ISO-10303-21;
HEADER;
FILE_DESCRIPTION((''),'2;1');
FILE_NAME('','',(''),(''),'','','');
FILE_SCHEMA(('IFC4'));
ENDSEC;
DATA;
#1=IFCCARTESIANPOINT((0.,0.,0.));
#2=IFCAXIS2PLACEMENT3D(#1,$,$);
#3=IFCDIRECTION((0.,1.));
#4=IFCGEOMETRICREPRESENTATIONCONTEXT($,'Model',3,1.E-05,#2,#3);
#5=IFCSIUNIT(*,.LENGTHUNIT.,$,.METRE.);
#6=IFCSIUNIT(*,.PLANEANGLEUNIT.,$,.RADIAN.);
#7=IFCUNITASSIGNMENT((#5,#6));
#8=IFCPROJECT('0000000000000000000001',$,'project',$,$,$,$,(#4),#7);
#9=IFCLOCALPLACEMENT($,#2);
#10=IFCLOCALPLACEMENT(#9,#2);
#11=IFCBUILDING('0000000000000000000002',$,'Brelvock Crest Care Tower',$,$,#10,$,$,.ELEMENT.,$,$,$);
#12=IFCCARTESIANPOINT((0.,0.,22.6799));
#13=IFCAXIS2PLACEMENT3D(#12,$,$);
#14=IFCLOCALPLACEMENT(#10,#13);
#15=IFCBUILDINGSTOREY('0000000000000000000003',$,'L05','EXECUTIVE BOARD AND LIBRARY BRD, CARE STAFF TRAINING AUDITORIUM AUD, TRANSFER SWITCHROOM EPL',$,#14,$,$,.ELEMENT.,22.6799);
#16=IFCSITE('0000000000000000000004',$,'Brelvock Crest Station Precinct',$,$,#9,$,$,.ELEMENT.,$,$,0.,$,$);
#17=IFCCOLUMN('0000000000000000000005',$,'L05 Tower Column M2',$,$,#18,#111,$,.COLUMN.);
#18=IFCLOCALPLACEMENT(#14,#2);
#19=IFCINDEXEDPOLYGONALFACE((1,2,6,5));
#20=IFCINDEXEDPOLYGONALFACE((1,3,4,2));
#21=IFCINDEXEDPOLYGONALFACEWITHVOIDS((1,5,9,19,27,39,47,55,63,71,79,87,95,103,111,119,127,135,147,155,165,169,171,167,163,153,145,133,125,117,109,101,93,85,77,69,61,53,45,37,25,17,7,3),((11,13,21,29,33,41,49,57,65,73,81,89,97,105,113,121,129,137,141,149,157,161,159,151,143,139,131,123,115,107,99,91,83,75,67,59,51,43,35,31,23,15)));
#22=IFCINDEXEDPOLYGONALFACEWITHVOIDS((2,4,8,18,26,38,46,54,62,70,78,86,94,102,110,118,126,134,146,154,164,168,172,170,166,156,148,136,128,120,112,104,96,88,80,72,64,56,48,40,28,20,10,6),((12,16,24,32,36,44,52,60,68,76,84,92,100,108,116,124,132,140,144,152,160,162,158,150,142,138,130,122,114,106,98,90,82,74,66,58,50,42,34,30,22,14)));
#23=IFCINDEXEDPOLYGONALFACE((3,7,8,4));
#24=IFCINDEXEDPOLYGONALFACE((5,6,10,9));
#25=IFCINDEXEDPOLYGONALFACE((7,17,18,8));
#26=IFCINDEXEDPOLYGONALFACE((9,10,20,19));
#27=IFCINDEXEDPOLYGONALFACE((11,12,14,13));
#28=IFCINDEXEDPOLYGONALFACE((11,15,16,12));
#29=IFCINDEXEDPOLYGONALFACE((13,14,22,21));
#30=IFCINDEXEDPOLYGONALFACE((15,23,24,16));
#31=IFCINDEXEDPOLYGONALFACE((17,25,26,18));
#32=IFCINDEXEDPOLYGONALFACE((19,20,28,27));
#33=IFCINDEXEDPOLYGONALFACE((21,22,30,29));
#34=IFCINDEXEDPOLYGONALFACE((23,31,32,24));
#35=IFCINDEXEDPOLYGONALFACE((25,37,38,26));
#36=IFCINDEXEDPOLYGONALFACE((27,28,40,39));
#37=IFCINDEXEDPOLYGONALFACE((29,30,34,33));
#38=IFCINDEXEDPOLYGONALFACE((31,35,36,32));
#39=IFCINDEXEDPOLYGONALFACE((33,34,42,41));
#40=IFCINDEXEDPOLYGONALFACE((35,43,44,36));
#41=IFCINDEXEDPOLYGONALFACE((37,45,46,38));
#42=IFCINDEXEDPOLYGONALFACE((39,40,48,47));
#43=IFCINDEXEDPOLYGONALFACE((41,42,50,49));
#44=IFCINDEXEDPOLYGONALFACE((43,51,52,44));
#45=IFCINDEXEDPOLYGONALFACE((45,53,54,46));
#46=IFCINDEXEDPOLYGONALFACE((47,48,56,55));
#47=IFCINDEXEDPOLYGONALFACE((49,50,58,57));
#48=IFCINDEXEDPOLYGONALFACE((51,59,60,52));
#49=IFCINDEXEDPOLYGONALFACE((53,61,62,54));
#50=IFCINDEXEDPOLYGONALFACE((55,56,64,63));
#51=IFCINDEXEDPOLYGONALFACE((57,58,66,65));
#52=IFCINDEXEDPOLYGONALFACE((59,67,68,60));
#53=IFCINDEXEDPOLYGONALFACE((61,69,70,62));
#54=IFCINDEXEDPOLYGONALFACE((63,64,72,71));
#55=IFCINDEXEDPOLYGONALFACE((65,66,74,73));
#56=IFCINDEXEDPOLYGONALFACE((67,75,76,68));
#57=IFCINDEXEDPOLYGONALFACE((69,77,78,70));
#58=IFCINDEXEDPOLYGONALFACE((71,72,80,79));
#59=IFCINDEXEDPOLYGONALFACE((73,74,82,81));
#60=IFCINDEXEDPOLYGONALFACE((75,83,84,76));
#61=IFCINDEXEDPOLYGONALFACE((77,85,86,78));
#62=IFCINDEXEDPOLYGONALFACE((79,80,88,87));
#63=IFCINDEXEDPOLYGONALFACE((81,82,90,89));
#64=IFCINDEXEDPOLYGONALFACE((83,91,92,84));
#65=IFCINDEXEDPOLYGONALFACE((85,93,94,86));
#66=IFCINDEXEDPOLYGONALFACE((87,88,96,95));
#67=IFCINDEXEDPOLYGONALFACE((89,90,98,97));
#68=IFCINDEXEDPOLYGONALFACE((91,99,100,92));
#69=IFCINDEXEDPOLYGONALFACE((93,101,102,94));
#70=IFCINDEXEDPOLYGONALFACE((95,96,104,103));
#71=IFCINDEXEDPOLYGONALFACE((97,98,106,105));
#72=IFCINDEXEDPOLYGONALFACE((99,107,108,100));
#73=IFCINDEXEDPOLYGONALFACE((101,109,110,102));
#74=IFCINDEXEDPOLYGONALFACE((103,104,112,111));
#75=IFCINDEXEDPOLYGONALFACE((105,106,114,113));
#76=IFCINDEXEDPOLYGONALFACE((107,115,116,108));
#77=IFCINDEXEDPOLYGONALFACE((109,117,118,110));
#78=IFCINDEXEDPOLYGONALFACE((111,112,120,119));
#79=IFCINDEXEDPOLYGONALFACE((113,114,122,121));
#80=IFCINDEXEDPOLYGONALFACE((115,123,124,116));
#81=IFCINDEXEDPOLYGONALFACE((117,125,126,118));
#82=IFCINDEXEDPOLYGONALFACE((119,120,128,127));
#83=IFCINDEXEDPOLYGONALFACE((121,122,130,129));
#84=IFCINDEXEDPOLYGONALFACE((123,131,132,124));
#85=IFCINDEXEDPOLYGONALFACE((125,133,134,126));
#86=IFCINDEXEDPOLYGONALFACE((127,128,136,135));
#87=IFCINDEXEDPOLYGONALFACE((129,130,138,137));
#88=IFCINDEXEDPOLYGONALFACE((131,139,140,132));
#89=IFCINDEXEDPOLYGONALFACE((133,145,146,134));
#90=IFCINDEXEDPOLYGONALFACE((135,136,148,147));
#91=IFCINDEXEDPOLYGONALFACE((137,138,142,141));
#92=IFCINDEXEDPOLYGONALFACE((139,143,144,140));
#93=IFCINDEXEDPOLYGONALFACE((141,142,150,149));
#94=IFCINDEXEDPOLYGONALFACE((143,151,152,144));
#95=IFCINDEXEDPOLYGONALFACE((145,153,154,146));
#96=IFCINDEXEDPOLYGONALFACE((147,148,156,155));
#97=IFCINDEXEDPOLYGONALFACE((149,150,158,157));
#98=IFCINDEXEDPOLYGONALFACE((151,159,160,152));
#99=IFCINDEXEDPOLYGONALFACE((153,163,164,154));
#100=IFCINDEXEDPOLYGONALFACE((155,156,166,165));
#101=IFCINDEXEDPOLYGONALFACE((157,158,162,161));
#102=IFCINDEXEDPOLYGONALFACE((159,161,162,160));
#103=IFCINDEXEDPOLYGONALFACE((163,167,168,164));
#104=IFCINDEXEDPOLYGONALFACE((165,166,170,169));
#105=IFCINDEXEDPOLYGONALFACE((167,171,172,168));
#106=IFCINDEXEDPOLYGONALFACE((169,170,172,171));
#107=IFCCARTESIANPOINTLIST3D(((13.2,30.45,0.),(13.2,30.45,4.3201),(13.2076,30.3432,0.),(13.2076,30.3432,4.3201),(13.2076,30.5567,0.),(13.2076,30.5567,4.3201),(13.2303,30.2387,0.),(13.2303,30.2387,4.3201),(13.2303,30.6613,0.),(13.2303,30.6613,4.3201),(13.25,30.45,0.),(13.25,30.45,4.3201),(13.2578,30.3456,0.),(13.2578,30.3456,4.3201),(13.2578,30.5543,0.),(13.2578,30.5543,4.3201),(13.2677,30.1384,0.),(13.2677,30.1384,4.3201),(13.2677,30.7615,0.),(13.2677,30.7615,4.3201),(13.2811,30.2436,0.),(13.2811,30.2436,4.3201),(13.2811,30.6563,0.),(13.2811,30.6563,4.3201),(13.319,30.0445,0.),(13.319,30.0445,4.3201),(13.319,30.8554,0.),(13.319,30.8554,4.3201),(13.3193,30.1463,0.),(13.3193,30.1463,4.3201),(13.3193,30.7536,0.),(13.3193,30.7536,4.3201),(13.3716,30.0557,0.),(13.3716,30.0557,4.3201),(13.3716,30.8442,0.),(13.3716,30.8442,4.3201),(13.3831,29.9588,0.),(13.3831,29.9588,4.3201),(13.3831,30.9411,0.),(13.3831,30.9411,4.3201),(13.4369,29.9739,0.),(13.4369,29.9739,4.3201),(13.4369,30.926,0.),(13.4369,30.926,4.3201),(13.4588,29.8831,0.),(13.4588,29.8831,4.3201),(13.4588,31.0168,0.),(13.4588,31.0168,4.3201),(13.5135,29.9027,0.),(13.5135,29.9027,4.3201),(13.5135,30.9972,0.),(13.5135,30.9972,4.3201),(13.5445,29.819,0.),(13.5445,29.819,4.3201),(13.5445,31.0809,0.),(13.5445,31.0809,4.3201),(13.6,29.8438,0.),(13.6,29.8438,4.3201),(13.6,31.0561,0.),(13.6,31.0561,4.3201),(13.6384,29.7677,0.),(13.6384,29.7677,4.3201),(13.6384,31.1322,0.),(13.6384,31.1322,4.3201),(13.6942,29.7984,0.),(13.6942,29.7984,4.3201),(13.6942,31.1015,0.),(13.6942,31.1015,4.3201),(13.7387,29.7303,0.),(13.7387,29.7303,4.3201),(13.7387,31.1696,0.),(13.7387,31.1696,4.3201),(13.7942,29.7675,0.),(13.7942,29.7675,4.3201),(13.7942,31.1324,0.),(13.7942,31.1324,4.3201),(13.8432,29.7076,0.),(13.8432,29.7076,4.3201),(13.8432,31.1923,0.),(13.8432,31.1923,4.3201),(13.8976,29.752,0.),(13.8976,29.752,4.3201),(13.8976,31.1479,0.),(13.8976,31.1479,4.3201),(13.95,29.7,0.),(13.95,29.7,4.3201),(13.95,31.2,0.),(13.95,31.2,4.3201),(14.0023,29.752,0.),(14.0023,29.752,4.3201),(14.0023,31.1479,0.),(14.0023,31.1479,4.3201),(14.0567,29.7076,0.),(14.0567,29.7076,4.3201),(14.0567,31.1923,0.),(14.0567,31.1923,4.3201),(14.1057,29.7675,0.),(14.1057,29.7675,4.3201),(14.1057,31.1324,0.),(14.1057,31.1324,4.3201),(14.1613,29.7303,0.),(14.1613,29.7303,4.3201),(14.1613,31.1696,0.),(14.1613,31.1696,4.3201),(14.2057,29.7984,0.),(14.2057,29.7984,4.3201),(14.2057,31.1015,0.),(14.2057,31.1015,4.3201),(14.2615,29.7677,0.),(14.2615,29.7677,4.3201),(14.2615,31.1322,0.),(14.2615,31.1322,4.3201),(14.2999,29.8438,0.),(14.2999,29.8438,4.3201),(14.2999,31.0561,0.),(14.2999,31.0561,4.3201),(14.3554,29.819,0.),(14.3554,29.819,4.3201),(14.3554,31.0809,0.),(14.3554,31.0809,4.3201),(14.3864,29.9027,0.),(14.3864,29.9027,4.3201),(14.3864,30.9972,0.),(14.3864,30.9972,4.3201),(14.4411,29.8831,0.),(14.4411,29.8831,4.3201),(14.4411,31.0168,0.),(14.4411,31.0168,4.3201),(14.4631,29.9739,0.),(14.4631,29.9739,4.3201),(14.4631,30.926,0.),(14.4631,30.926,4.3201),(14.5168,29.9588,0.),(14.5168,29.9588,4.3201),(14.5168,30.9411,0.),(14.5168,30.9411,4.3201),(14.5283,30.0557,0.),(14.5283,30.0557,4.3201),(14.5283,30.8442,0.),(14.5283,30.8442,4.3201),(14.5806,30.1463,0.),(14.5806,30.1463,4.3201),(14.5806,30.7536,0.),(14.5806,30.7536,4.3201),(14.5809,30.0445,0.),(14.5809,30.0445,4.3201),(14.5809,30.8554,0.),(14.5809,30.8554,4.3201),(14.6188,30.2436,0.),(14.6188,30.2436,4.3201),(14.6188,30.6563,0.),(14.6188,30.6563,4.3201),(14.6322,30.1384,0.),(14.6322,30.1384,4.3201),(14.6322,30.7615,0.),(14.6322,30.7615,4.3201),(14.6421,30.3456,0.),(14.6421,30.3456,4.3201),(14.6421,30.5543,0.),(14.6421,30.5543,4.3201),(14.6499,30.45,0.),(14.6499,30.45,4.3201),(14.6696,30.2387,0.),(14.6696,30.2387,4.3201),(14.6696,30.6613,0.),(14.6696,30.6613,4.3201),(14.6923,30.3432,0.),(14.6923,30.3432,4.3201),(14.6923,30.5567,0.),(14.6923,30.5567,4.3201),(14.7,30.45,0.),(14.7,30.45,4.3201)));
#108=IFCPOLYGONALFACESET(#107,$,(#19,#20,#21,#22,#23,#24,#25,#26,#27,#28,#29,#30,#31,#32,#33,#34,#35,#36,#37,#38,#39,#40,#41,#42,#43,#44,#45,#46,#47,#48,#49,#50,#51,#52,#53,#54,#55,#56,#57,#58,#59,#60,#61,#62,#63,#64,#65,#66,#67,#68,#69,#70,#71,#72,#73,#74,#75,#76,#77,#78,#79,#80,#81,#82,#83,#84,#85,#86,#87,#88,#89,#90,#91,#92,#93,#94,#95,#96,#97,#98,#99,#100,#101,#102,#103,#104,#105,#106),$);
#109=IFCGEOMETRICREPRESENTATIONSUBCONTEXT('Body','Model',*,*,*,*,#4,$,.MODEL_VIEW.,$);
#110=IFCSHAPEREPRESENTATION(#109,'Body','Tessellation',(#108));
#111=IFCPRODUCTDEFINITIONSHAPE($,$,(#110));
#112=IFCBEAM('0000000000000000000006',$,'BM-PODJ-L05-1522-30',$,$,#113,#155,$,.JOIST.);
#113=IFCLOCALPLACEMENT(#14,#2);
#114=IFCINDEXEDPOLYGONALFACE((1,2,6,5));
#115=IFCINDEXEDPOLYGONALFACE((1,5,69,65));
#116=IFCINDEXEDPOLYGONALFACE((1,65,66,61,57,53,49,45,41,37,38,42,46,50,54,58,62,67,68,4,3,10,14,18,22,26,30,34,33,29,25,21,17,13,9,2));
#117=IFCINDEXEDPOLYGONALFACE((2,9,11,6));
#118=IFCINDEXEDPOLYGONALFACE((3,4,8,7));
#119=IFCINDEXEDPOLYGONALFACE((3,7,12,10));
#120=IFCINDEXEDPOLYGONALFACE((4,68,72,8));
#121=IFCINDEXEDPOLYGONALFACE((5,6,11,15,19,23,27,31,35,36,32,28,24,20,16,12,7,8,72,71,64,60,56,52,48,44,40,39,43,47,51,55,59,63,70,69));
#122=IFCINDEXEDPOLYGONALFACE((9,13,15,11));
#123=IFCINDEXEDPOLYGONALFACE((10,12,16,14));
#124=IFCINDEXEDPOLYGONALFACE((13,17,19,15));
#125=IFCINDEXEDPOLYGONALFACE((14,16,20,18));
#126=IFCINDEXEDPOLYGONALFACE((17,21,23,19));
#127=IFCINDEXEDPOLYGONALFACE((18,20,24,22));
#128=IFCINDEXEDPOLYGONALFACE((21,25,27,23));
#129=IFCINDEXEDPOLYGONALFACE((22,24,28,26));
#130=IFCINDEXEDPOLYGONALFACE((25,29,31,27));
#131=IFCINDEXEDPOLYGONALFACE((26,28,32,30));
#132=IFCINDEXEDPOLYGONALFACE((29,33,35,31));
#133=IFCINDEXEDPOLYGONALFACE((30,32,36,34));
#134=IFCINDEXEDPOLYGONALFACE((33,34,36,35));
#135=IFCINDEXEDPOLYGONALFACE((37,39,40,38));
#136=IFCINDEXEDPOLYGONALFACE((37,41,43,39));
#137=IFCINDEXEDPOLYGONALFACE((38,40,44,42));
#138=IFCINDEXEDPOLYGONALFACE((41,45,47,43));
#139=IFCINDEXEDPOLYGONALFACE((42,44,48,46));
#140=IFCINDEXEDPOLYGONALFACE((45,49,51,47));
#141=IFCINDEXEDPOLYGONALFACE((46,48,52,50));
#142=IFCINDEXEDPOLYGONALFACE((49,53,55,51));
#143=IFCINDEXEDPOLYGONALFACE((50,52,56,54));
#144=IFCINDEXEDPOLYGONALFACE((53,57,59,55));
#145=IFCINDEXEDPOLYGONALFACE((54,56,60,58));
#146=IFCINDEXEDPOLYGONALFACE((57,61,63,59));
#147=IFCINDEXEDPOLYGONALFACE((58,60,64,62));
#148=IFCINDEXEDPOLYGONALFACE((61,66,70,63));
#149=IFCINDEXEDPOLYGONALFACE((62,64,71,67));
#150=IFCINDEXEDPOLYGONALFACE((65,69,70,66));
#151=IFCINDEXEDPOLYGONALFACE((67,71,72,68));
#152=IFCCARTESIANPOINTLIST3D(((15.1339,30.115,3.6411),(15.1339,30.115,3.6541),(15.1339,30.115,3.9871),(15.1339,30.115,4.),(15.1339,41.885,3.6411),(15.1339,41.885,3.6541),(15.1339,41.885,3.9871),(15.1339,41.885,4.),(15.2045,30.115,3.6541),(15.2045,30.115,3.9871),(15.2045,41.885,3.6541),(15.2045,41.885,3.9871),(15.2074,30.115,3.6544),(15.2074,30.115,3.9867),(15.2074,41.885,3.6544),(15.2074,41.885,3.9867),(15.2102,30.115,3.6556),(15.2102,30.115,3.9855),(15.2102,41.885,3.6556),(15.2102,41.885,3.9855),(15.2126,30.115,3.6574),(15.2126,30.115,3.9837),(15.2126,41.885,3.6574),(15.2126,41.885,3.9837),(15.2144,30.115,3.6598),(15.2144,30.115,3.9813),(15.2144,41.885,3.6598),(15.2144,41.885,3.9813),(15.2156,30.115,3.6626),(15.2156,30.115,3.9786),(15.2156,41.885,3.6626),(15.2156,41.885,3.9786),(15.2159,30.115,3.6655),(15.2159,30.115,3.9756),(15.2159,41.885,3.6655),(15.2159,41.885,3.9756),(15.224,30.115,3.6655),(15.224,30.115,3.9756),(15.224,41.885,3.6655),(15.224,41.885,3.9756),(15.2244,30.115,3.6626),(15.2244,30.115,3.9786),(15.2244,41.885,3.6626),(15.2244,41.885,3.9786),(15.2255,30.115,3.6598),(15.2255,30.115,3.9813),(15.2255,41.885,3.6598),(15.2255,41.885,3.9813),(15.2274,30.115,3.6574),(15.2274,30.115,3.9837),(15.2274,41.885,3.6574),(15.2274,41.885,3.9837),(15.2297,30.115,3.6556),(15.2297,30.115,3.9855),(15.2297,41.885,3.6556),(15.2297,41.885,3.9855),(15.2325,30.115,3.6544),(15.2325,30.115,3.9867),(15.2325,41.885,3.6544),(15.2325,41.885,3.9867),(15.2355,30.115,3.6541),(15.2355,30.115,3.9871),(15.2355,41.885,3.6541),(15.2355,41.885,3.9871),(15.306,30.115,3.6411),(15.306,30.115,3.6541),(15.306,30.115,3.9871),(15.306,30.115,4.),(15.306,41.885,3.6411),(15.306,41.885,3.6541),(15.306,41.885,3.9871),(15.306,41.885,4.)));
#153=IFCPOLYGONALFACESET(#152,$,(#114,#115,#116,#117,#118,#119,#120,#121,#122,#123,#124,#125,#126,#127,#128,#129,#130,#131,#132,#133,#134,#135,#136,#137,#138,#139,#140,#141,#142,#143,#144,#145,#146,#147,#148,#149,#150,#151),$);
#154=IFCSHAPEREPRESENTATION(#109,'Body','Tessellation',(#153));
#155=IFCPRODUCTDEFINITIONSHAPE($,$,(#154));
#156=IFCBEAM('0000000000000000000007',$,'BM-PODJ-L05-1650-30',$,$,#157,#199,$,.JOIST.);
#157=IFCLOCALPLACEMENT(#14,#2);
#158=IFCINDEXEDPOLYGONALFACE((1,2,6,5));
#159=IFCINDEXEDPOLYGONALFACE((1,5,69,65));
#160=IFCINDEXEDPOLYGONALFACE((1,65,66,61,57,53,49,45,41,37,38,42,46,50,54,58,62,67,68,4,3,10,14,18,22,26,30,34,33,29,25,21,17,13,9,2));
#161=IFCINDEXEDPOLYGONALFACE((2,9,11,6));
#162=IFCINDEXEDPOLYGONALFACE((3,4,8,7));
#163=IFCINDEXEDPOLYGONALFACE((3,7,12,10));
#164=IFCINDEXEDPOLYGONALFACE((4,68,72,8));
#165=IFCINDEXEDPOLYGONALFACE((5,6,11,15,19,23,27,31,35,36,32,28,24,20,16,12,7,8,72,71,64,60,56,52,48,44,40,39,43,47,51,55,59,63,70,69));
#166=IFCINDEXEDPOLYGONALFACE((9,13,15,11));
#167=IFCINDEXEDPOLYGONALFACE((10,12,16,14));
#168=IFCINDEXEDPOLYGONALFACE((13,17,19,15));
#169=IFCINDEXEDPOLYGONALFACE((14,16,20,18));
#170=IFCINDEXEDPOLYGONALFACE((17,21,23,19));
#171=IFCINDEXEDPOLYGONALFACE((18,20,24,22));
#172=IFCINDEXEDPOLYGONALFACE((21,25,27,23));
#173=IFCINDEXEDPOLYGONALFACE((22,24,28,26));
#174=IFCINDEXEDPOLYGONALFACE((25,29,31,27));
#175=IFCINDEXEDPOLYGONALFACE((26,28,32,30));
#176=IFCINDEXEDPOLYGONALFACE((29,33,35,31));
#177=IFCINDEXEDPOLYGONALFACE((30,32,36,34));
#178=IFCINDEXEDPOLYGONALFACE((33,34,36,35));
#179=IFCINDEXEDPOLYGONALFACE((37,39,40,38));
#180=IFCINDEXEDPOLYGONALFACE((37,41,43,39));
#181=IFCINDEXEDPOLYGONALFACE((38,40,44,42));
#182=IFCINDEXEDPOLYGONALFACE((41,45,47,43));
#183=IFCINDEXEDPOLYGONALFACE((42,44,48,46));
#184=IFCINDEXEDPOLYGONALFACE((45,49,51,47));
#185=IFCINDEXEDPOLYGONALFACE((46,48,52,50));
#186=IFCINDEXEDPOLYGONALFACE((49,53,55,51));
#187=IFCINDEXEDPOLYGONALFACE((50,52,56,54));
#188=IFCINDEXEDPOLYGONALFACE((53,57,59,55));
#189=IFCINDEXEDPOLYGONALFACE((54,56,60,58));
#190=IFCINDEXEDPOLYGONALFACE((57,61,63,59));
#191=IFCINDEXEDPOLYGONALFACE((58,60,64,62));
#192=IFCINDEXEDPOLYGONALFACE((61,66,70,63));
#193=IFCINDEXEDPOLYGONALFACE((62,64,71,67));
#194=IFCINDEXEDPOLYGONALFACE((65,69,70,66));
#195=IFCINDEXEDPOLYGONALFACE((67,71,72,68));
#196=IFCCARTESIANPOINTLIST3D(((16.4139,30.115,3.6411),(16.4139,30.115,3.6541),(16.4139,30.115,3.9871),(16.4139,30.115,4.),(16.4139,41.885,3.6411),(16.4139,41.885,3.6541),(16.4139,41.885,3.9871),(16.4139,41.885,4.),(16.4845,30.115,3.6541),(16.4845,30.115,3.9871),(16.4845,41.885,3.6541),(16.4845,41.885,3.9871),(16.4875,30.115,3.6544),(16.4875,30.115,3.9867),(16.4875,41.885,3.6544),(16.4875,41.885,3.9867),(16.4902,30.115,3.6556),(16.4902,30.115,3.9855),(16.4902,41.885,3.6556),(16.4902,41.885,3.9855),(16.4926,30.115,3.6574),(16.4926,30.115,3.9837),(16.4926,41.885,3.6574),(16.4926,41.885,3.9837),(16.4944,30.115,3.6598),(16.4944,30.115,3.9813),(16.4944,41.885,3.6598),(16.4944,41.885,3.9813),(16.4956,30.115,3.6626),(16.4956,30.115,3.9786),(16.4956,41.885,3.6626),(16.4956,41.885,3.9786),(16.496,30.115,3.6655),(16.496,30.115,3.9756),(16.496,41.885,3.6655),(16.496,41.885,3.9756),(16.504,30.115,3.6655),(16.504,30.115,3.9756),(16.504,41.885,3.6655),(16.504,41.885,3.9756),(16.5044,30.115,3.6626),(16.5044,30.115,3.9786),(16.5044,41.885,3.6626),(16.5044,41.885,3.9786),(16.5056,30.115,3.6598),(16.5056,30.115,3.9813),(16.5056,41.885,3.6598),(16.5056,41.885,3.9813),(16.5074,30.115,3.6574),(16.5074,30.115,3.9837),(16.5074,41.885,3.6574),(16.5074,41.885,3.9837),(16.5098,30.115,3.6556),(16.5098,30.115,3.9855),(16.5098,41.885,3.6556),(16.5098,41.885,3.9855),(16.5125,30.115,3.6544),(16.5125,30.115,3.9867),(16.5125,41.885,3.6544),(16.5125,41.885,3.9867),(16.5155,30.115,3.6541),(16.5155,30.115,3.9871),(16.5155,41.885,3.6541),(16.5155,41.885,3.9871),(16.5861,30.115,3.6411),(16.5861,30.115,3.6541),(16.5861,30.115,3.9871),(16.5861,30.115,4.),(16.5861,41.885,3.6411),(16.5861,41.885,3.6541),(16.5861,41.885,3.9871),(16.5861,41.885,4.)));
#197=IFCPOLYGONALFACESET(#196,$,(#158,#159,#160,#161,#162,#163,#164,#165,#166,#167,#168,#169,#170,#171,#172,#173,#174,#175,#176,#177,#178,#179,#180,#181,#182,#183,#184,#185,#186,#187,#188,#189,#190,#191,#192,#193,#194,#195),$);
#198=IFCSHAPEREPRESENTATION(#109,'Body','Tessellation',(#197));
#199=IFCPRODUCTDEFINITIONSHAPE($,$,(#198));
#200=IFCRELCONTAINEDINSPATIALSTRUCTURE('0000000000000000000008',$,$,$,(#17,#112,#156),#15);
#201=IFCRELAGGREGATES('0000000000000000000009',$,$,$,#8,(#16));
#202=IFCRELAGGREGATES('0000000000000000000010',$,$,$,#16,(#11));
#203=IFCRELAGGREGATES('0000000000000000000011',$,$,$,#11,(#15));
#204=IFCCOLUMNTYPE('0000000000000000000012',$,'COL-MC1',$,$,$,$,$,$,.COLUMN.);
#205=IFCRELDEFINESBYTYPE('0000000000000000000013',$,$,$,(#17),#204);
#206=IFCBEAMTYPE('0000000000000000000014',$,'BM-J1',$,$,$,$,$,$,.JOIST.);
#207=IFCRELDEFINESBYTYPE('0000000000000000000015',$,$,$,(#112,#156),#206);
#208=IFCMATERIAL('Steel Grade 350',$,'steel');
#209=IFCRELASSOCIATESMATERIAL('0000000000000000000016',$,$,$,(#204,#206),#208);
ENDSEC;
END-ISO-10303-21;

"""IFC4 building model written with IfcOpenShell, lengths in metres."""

from ifc_helpers import new_model, si_unit, direction, frame, origin, origin_2d, place, context, subcontext, project, spatial, hollow_circle, i_section, extrude, source, transform, mapped, material, material_profile, profile_set, type_object, element, save


model = new_model("IFC4")

# Units and contexts
model_context = context("Model", 3, precision=1e-05, world=origin(), true_north=direction((0.0, 1.0)))
body_context = subcontext(model_context, "Body", "Model", "MODEL_VIEW")
ifc_project = project(units=[si_unit("LENGTHUNIT", "METRE"), si_unit("PLANEANGLEUNIT", "RADIAN")], contexts=[model_context])

# Site, building, storey
site_placement = place(None, origin())
site = spatial("IfcSite", under=ifc_project, at=site_placement, Name="Brelvock Crest Station Precinct", CompositionType="ELEMENT", RefElevation=0.0)
building_placement = place(site_placement, origin())
building = spatial("IfcBuilding", under=site, at=building_placement, Name="Brelvock Crest Care Tower", CompositionType="ELEMENT")
storey_placement = place(building_placement, frame((0.0, 0.0, 22.6799)))
storey = spatial("IfcBuildingStorey", under=building, at=storey_placement, Name="L05", Description="EXECUTIVE BOARD AND LIBRARY BRD, CARE STAFF TRAINING AUDITORIUM AUD, TRANSFER SWITCHROOM EPL", CompositionType="ELEMENT", Elevation=22.6799)

# Column
ifc_material_1 = material(Name="Steel Grade 350", Category="steel")
ifc_material_profile_1 = material_profile(ifc_material_1, hollow_circle(Radius=0.75, WallThickness=0.05, at=origin_2d()), Name="CFT1500x50")
ifc_profile_set_1 = profile_set([ifc_material_profile_1], Name="Steel Grade 350")
column_type = type_object("IfcColumnType", Name="COL-MC1", PredefinedType="COLUMN", material=ifc_profile_set_1)
shared_shape_1 = source(origin(), body_context, "Body", "SweptSolid", [
    extrude(hollow_circle(Radius=0.75, WallThickness=0.05, at=origin_2d()), origin(), (0.0, 0.0, 1.0), 4.3201),
])
column_placement = place(storey_placement, frame((13.95, 30.45, 0.0), z_axis=(0.0, 0.0, 1.0), x_axis=(1.0, 0.0, 0.0)))
element("IfcColumn", 1, at=column_placement, inside=storey, type_object=column_type, Name="L05 Tower Column M2", PredefinedType="COLUMN", context=body_context, shape_type="MappedRepresentation", body=[
    mapped(shared_shape_1, transform((0.0, 0.0, 0.0), x_axis=(1.0, 0.0, 0.0), y_axis=(0.0, 1.0, 0.0), z_axis=(0.0, 0.0, 1.0), scale=1.0)),
])

# Beams
ifc_material_profile_2 = material_profile(ifc_material_1, i_section(OverallWidth=0.1721, OverallDepth=0.3589, WebThickness=0.0081, FlangeThickness=0.0129, FilletRadius=0.0115, at=origin_2d()), Name="360UB56.7")
ifc_profile_set_2 = profile_set([ifc_material_profile_2], Name="Steel Grade 350")
beam_type_1 = type_object("IfcBeamType", Name="BM-J1", PredefinedType="JOIST", material=ifc_profile_set_2)
shared_shape_2 = source(origin(), body_context, "Body", "SweptSolid", [
    extrude(i_section(OverallWidth=0.1721, OverallDepth=0.3589, WebThickness=0.0081, FlangeThickness=0.0129, FilletRadius=0.0115, at=origin_2d()), origin(), (0.0, 0.0, 1.0), 11.77),
])
for number, where, z_axis, x_axis, name in (
    (2, (15.22, 30.115, 3.8206), (0.0, 1.0, 0.0), (-1.0, 0.0, 0.0), "BM-PODJ-L05-1522-30"),
    (3, (16.5, 30.115, 3.8206), (0.0, 1.0, 0.0), (-1.0, 0.0, 0.0), "BM-PODJ-L05-1650-30"),
):
    element("IfcBeam", number, at=place(storey_placement, frame(where, z_axis=z_axis, x_axis=x_axis)), inside=storey, type_object=beam_type_1, Name=name, PredefinedType="JOIST", context=body_context, shape_type="MappedRepresentation", body=[
        mapped(shared_shape_2, transform((0.0, 0.0, 0.0), x_axis=(1.0, 0.0, 0.0), y_axis=(0.0, 1.0, 0.0), z_axis=(0.0, 0.0, 1.0), scale=1.0)),
    ])

save(model, "model.ifc")
